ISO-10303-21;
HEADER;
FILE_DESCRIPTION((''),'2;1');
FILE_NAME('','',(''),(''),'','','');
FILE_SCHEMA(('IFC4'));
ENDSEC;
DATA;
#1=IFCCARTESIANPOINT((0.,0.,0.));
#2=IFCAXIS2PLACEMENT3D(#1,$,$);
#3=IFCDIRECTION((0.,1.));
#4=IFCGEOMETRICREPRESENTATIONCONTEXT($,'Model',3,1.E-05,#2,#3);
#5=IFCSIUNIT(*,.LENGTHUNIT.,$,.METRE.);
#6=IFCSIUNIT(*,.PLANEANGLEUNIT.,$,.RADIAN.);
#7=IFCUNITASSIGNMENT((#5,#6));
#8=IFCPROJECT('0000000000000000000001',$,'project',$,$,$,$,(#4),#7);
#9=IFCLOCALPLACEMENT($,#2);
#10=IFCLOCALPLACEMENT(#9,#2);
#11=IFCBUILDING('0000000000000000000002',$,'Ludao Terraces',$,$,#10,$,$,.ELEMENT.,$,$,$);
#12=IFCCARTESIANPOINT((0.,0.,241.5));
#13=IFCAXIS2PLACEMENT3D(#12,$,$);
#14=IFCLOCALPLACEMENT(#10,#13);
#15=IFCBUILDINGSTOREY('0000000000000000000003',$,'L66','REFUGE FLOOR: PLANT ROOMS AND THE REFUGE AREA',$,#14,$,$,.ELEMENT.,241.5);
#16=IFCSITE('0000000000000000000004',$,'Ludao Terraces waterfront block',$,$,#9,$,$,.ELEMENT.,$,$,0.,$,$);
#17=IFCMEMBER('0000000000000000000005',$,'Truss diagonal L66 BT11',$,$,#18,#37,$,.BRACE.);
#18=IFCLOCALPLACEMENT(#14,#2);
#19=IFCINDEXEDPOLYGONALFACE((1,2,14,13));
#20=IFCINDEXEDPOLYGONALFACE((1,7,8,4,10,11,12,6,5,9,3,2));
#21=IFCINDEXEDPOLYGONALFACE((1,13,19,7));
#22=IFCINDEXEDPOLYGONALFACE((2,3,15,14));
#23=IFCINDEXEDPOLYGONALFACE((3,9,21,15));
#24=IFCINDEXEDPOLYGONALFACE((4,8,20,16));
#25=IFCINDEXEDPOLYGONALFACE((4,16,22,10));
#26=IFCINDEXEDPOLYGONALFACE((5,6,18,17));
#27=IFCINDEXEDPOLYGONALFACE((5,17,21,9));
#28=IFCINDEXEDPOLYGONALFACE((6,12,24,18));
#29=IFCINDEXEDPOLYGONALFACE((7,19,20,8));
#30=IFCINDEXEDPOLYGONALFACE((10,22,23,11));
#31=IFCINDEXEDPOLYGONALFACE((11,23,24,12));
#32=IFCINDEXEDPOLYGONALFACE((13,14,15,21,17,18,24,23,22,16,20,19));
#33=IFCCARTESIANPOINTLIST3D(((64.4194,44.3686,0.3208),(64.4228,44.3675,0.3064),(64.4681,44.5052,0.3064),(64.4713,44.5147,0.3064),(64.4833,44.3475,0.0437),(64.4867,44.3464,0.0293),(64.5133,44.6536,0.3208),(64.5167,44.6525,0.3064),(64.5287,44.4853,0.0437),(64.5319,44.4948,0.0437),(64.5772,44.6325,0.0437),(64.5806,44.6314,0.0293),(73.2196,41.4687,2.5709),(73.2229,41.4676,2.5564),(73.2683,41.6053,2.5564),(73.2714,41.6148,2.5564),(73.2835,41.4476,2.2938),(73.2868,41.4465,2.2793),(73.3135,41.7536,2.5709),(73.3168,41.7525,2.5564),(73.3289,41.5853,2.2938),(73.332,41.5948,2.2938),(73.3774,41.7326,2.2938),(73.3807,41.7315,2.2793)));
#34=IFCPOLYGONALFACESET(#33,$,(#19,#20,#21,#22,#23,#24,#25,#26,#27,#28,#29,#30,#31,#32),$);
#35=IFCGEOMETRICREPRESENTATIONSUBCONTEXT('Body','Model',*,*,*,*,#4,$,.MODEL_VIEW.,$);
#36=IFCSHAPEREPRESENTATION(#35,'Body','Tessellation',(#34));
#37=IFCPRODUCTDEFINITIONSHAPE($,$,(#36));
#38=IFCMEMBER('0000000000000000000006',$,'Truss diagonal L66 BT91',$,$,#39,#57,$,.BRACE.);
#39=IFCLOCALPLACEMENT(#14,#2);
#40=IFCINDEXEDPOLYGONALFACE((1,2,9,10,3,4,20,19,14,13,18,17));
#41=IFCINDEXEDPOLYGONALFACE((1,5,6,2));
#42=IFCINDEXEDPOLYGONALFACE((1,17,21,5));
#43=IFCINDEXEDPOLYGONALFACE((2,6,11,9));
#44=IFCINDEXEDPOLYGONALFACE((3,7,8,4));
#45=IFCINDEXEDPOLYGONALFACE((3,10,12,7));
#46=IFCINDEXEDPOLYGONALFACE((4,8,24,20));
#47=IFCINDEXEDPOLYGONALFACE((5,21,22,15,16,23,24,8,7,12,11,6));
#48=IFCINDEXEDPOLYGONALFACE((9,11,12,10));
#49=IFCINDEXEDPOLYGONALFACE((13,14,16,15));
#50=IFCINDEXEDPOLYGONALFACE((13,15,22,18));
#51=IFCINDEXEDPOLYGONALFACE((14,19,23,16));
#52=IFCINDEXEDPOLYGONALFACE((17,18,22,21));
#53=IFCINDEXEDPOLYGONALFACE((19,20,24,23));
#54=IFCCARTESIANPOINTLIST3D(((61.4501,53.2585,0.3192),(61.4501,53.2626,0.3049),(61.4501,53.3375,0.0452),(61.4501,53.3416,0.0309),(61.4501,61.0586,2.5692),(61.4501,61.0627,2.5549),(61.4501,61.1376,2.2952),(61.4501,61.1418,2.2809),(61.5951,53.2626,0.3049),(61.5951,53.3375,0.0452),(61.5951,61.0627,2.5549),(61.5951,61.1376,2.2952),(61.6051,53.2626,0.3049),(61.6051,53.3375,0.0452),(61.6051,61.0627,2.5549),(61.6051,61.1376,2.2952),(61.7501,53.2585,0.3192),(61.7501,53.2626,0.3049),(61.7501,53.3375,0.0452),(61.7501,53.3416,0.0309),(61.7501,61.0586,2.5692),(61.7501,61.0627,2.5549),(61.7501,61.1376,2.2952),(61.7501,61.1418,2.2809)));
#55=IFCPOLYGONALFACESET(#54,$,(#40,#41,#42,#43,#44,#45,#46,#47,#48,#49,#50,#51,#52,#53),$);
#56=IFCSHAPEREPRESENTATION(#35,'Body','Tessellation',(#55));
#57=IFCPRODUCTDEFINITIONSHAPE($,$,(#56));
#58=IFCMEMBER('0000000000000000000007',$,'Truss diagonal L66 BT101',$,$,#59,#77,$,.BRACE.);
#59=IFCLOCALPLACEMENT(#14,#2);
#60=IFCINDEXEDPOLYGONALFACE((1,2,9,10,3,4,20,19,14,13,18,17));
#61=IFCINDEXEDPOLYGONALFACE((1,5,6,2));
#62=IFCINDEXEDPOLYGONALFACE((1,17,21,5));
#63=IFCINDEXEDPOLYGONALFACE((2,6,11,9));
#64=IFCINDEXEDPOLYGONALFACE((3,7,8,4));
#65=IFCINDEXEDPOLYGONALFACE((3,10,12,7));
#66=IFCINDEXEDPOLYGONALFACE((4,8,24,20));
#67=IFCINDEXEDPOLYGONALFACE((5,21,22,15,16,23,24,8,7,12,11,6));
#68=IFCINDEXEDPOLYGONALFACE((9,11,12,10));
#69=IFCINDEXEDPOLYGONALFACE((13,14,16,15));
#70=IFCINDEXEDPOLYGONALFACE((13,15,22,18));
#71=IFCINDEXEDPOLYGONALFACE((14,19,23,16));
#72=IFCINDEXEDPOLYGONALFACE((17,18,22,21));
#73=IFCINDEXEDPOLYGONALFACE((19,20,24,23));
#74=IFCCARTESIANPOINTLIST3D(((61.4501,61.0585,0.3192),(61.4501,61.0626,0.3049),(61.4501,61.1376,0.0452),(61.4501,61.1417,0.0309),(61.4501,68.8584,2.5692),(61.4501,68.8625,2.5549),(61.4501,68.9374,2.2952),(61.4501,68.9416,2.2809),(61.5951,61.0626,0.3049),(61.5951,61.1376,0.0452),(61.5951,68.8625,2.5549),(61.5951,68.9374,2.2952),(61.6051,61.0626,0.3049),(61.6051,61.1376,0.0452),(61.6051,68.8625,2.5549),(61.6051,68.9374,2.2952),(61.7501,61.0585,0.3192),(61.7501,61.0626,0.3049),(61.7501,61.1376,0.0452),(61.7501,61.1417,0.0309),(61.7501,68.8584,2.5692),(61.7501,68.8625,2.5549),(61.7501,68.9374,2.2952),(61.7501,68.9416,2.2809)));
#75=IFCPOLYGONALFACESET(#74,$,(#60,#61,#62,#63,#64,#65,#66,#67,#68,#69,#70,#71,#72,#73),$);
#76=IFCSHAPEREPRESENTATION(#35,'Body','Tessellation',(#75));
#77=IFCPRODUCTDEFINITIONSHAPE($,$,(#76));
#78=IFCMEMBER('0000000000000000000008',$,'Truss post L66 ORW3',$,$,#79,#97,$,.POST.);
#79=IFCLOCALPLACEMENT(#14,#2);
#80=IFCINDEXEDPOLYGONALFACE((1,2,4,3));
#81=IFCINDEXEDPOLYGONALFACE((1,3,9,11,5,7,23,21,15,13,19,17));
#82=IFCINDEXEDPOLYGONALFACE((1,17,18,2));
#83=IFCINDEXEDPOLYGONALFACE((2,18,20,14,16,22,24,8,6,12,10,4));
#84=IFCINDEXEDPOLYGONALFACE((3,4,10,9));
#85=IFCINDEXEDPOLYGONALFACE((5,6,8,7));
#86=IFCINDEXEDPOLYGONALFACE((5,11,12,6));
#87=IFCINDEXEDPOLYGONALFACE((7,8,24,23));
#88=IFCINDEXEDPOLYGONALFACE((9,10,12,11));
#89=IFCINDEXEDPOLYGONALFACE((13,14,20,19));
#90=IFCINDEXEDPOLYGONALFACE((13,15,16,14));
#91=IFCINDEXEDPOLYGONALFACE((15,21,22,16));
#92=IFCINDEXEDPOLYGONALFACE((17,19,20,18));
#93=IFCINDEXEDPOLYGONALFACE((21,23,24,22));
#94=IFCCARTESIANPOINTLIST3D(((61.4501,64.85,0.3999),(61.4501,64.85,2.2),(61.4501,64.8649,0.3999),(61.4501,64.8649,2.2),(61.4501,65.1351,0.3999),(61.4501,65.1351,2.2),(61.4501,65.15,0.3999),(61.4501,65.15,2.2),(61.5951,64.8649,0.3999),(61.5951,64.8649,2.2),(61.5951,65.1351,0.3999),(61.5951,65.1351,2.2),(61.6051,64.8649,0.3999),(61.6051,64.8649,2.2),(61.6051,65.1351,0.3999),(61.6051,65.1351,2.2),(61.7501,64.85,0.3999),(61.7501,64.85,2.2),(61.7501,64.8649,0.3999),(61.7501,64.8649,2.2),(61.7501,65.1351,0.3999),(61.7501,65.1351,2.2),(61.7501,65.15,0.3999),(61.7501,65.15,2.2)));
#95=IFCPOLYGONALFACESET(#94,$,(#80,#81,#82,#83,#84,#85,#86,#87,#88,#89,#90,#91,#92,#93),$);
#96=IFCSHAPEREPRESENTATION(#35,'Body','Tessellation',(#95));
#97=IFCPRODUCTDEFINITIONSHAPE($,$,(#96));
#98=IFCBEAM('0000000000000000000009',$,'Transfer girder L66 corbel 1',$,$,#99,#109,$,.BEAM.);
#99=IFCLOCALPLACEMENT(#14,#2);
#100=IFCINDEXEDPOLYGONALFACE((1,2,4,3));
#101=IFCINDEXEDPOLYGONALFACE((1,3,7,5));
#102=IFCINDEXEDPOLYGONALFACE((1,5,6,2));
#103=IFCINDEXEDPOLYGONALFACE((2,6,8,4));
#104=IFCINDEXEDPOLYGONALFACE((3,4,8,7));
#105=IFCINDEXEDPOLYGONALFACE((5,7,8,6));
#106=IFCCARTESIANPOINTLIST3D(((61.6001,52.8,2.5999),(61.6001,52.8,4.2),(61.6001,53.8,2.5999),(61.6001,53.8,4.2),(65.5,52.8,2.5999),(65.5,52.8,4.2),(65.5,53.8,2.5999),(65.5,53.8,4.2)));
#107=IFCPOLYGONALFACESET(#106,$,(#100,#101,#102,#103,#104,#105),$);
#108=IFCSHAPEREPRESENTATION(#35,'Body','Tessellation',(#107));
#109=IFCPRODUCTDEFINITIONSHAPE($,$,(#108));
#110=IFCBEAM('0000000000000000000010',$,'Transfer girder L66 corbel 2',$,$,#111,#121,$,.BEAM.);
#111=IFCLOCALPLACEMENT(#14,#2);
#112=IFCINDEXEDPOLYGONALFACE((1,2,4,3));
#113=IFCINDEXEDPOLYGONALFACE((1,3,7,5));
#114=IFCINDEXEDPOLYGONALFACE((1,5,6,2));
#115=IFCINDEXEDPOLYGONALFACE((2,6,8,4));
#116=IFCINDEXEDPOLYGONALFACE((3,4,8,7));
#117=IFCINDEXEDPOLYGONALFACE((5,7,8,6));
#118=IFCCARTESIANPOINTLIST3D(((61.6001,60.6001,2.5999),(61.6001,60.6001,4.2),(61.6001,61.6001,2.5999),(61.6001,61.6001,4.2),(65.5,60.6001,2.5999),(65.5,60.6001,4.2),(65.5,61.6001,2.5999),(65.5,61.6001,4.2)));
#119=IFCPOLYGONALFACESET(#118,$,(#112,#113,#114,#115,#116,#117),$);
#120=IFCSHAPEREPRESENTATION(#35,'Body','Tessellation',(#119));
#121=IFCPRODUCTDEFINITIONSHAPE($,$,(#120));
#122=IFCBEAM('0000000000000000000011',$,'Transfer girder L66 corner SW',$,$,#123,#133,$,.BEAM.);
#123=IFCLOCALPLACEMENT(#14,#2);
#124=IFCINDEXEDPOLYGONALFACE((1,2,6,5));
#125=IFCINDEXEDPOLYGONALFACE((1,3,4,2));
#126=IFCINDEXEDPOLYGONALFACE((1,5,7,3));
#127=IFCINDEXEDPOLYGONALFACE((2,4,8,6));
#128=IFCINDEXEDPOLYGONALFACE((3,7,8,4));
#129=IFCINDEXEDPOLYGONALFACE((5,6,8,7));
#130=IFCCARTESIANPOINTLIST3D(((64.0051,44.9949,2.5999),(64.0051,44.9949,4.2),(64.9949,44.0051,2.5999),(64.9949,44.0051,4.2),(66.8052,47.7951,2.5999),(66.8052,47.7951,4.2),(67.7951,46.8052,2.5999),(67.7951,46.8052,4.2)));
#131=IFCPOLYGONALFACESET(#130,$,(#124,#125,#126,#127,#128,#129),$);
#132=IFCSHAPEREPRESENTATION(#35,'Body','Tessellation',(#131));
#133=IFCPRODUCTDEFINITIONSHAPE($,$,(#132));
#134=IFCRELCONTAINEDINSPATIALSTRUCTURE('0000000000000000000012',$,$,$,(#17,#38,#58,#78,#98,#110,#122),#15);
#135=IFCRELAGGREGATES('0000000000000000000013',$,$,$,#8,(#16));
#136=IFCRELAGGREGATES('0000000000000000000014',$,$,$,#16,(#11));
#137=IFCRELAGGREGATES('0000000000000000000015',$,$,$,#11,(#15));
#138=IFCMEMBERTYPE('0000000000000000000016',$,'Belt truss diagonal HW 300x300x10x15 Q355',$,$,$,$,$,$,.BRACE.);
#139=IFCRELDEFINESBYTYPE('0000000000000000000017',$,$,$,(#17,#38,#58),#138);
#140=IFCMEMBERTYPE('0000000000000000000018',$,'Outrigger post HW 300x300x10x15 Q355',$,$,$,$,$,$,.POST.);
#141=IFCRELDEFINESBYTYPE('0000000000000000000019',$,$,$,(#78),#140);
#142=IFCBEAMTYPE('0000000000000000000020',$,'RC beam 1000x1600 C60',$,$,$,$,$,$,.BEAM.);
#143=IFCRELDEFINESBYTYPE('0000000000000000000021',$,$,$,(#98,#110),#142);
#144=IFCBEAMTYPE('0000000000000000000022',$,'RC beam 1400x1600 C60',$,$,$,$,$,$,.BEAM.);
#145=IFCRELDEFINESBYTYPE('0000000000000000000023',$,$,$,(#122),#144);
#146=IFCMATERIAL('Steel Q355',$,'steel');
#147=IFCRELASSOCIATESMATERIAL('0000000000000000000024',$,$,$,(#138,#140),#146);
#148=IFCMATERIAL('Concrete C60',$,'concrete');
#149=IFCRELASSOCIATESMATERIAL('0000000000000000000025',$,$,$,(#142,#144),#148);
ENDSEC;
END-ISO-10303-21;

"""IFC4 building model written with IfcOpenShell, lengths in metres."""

from ifc_helpers import new_model, si_unit, direction, frame, origin, origin_2d, place, context, subcontext, project, spatial, rectangle, i_section, extrude, material, material_profile, profile_set, type_object, element, save


model = new_model("IFC4")

# Units and contexts
model_context = context("Model", 3, precision=1e-05, world=origin(), true_north=direction((0.0, 1.0)))
body_context = subcontext(model_context, "Body", "Model", "MODEL_VIEW")
ifc_project = project(units=[si_unit("LENGTHUNIT", "METRE"), si_unit("PLANEANGLEUNIT", "RADIAN")], contexts=[model_context])

# Site, building, storey
site_placement = place(None, origin())
site = spatial("IfcSite", under=ifc_project, at=site_placement, Name="Ludao Terraces waterfront block", CompositionType="ELEMENT", RefElevation=0.0)
building_placement = place(site_placement, origin())
building = spatial("IfcBuilding", under=site, at=building_placement, Name="Ludao Terraces", CompositionType="ELEMENT")
storey_placement = place(building_placement, frame((0.0, 0.0, 241.5)))
storey = spatial("IfcBuildingStorey", under=building, at=storey_placement, Name="L66", Description="REFUGE FLOOR: PLANT ROOMS AND THE REFUGE AREA", CompositionType="ELEMENT", Elevation=241.5)

# Members
ifc_material_1 = material(Name="Steel Q355", Category="steel")
ifc_material_profile_1 = material_profile(ifc_material_1, i_section(OverallWidth=0.3, OverallDepth=0.3, WebThickness=0.01, FlangeThickness=0.0149, at=origin_2d()), Name="HW 300X300X10X15")
ifc_profile_set_1 = profile_set([ifc_material_profile_1], Name="Steel Q355")
member_type_1 = type_object("IfcMemberType", Name="Belt truss diagonal HW 300x300x10x15 Q355", PredefinedType="BRACE", material=ifc_profile_set_1)
member_1_placement = place(storey_placement, frame((64.5, 44.5, 0.175), z_axis=(0.922938, -0.304138, 0.235977), x_axis=(0.312977, 0.949761, 0.0)))
element("IfcMember", 1, at=member_1_placement, inside=storey, type_object=member_type_1, Name="Truss diagonal L66 BT11", PredefinedType="BRACE", context=body_context, shape_type="SweptSolid", body=[
    extrude(i_section(OverallWidth=0.3, OverallDepth=0.3, WebThickness=0.01, FlangeThickness=0.0149, at=origin_2d()), origin(), (0.0, 0.0, 1.0), 9.5349),
])
member_2_placement = place(storey_placement, frame((61.6001, 53.3, 0.175), z_axis=(0.0, 0.960824, 0.277159), x_axis=(-1.0, 0.0, 0.0)))
element("IfcMember", 2, at=member_2_placement, inside=storey, type_object=member_type_1, Name="Truss diagonal L66 BT91", PredefinedType="BRACE", context=body_context, shape_type="SweptSolid", body=[
    extrude(i_section(OverallWidth=0.3, OverallDepth=0.3, WebThickness=0.01, FlangeThickness=0.0149, at=origin_2d()), origin(), (0.0, 0.0, 1.0), 8.1182),
])
member_3_placement = place(storey_placement, frame((61.6001, 61.1001, 0.175), z_axis=(0.0, 0.960822, 0.277167), x_axis=(-1.0, 0.0, 0.0)))
element("IfcMember", 3, at=member_3_placement, inside=storey, type_object=member_type_1, Name="Truss diagonal L66 BT101", PredefinedType="BRACE", context=body_context, shape_type="SweptSolid", body=[
    extrude(i_section(OverallWidth=0.3, OverallDepth=0.3, WebThickness=0.01, FlangeThickness=0.0149, at=origin_2d()), origin(), (0.0, 0.0, 1.0), 8.1179),
])
ifc_material_profile_2 = material_profile(ifc_material_1, i_section(OverallWidth=0.3, OverallDepth=0.3, WebThickness=0.01, FlangeThickness=0.0149, at=origin_2d()), Name="HW 300X300X10X15")
ifc_profile_set_2 = profile_set([ifc_material_profile_2], Name="Steel Q355")
member_type_2 = type_object("IfcMemberType", Name="Outrigger post HW 300x300x10x15 Q355", PredefinedType="POST", material=ifc_profile_set_2)
member_4_placement = place(storey_placement, frame((61.6001, 65.0, 0.3999), z_axis=(0.0, 0.0, 1.0), x_axis=(1.0, 0.0, 0.0)))
element("IfcMember", 4, at=member_4_placement, inside=storey, type_object=member_type_2, Name="Truss post L66 ORW3", PredefinedType="POST", context=body_context, shape_type="SweptSolid", body=[
    extrude(i_section(OverallWidth=0.3, OverallDepth=0.3, WebThickness=0.01, FlangeThickness=0.0149, at=origin_2d()), origin(), (0.0, 0.0, 1.0), 1.8),
])

# Beams
ifc_material_2 = material(Name="Concrete C60", Category="concrete")
ifc_material_profile_3 = material_profile(ifc_material_2, rectangle(XDim=1.0, YDim=1.6001, at=origin_2d()), Name="1000 X 1600")
ifc_profile_set_3 = profile_set([ifc_material_profile_3], Name="Concrete C60")
beam_type_1 = type_object("IfcBeamType", Name="RC beam 1000x1600 C60", PredefinedType="BEAM", material=ifc_profile_set_3)
for number, where, z_axis, x_axis, name in (
    (5, (61.6001, 53.3, 3.3999), (1.0, 0.0, 0.0), (0.0, 1.0, 0.0), "Transfer girder L66 corbel 1"),
    (6, (61.6001, 61.1001, 3.3999), (1.0, 0.0, 0.0), (0.0, 1.0, 0.0), "Transfer girder L66 corbel 2"),
):
    element("IfcBeam", number, at=place(storey_placement, frame(where, z_axis=z_axis, x_axis=x_axis)), inside=storey, type_object=beam_type_1, Name=name, PredefinedType="BEAM", context=body_context, shape_type="SweptSolid", body=[
        extrude(rectangle(XDim=1.0, YDim=1.6001, at=origin_2d()), origin(), (0.0, 0.0, 1.0), 3.8999),
    ])
ifc_material_profile_4 = material_profile(ifc_material_2, rectangle(XDim=1.3999, YDim=1.6001, at=origin_2d()), Name="1400 X 1600")
ifc_profile_set_4 = profile_set([ifc_material_profile_4], Name="Concrete C60")
beam_type_2 = type_object("IfcBeamType", Name="RC beam 1400x1600 C60", PredefinedType="BEAM", material=ifc_profile_set_4)
beam_placement = place(storey_placement, frame((64.5, 44.5, 3.3999), z_axis=(0.707107, 0.707107, 0.0), x_axis=(-0.707107, 0.707107, 0.0)))
element("IfcBeam", 7, at=beam_placement, inside=storey, type_object=beam_type_2, Name="Transfer girder L66 corner SW", PredefinedType="BEAM", context=body_context, shape_type="SweptSolid", body=[
    extrude(rectangle(XDim=1.3999, YDim=1.6001, at=origin_2d()), origin(), (0.0, 0.0, 1.0), 3.96),
])

save(model, "model.ifc")
